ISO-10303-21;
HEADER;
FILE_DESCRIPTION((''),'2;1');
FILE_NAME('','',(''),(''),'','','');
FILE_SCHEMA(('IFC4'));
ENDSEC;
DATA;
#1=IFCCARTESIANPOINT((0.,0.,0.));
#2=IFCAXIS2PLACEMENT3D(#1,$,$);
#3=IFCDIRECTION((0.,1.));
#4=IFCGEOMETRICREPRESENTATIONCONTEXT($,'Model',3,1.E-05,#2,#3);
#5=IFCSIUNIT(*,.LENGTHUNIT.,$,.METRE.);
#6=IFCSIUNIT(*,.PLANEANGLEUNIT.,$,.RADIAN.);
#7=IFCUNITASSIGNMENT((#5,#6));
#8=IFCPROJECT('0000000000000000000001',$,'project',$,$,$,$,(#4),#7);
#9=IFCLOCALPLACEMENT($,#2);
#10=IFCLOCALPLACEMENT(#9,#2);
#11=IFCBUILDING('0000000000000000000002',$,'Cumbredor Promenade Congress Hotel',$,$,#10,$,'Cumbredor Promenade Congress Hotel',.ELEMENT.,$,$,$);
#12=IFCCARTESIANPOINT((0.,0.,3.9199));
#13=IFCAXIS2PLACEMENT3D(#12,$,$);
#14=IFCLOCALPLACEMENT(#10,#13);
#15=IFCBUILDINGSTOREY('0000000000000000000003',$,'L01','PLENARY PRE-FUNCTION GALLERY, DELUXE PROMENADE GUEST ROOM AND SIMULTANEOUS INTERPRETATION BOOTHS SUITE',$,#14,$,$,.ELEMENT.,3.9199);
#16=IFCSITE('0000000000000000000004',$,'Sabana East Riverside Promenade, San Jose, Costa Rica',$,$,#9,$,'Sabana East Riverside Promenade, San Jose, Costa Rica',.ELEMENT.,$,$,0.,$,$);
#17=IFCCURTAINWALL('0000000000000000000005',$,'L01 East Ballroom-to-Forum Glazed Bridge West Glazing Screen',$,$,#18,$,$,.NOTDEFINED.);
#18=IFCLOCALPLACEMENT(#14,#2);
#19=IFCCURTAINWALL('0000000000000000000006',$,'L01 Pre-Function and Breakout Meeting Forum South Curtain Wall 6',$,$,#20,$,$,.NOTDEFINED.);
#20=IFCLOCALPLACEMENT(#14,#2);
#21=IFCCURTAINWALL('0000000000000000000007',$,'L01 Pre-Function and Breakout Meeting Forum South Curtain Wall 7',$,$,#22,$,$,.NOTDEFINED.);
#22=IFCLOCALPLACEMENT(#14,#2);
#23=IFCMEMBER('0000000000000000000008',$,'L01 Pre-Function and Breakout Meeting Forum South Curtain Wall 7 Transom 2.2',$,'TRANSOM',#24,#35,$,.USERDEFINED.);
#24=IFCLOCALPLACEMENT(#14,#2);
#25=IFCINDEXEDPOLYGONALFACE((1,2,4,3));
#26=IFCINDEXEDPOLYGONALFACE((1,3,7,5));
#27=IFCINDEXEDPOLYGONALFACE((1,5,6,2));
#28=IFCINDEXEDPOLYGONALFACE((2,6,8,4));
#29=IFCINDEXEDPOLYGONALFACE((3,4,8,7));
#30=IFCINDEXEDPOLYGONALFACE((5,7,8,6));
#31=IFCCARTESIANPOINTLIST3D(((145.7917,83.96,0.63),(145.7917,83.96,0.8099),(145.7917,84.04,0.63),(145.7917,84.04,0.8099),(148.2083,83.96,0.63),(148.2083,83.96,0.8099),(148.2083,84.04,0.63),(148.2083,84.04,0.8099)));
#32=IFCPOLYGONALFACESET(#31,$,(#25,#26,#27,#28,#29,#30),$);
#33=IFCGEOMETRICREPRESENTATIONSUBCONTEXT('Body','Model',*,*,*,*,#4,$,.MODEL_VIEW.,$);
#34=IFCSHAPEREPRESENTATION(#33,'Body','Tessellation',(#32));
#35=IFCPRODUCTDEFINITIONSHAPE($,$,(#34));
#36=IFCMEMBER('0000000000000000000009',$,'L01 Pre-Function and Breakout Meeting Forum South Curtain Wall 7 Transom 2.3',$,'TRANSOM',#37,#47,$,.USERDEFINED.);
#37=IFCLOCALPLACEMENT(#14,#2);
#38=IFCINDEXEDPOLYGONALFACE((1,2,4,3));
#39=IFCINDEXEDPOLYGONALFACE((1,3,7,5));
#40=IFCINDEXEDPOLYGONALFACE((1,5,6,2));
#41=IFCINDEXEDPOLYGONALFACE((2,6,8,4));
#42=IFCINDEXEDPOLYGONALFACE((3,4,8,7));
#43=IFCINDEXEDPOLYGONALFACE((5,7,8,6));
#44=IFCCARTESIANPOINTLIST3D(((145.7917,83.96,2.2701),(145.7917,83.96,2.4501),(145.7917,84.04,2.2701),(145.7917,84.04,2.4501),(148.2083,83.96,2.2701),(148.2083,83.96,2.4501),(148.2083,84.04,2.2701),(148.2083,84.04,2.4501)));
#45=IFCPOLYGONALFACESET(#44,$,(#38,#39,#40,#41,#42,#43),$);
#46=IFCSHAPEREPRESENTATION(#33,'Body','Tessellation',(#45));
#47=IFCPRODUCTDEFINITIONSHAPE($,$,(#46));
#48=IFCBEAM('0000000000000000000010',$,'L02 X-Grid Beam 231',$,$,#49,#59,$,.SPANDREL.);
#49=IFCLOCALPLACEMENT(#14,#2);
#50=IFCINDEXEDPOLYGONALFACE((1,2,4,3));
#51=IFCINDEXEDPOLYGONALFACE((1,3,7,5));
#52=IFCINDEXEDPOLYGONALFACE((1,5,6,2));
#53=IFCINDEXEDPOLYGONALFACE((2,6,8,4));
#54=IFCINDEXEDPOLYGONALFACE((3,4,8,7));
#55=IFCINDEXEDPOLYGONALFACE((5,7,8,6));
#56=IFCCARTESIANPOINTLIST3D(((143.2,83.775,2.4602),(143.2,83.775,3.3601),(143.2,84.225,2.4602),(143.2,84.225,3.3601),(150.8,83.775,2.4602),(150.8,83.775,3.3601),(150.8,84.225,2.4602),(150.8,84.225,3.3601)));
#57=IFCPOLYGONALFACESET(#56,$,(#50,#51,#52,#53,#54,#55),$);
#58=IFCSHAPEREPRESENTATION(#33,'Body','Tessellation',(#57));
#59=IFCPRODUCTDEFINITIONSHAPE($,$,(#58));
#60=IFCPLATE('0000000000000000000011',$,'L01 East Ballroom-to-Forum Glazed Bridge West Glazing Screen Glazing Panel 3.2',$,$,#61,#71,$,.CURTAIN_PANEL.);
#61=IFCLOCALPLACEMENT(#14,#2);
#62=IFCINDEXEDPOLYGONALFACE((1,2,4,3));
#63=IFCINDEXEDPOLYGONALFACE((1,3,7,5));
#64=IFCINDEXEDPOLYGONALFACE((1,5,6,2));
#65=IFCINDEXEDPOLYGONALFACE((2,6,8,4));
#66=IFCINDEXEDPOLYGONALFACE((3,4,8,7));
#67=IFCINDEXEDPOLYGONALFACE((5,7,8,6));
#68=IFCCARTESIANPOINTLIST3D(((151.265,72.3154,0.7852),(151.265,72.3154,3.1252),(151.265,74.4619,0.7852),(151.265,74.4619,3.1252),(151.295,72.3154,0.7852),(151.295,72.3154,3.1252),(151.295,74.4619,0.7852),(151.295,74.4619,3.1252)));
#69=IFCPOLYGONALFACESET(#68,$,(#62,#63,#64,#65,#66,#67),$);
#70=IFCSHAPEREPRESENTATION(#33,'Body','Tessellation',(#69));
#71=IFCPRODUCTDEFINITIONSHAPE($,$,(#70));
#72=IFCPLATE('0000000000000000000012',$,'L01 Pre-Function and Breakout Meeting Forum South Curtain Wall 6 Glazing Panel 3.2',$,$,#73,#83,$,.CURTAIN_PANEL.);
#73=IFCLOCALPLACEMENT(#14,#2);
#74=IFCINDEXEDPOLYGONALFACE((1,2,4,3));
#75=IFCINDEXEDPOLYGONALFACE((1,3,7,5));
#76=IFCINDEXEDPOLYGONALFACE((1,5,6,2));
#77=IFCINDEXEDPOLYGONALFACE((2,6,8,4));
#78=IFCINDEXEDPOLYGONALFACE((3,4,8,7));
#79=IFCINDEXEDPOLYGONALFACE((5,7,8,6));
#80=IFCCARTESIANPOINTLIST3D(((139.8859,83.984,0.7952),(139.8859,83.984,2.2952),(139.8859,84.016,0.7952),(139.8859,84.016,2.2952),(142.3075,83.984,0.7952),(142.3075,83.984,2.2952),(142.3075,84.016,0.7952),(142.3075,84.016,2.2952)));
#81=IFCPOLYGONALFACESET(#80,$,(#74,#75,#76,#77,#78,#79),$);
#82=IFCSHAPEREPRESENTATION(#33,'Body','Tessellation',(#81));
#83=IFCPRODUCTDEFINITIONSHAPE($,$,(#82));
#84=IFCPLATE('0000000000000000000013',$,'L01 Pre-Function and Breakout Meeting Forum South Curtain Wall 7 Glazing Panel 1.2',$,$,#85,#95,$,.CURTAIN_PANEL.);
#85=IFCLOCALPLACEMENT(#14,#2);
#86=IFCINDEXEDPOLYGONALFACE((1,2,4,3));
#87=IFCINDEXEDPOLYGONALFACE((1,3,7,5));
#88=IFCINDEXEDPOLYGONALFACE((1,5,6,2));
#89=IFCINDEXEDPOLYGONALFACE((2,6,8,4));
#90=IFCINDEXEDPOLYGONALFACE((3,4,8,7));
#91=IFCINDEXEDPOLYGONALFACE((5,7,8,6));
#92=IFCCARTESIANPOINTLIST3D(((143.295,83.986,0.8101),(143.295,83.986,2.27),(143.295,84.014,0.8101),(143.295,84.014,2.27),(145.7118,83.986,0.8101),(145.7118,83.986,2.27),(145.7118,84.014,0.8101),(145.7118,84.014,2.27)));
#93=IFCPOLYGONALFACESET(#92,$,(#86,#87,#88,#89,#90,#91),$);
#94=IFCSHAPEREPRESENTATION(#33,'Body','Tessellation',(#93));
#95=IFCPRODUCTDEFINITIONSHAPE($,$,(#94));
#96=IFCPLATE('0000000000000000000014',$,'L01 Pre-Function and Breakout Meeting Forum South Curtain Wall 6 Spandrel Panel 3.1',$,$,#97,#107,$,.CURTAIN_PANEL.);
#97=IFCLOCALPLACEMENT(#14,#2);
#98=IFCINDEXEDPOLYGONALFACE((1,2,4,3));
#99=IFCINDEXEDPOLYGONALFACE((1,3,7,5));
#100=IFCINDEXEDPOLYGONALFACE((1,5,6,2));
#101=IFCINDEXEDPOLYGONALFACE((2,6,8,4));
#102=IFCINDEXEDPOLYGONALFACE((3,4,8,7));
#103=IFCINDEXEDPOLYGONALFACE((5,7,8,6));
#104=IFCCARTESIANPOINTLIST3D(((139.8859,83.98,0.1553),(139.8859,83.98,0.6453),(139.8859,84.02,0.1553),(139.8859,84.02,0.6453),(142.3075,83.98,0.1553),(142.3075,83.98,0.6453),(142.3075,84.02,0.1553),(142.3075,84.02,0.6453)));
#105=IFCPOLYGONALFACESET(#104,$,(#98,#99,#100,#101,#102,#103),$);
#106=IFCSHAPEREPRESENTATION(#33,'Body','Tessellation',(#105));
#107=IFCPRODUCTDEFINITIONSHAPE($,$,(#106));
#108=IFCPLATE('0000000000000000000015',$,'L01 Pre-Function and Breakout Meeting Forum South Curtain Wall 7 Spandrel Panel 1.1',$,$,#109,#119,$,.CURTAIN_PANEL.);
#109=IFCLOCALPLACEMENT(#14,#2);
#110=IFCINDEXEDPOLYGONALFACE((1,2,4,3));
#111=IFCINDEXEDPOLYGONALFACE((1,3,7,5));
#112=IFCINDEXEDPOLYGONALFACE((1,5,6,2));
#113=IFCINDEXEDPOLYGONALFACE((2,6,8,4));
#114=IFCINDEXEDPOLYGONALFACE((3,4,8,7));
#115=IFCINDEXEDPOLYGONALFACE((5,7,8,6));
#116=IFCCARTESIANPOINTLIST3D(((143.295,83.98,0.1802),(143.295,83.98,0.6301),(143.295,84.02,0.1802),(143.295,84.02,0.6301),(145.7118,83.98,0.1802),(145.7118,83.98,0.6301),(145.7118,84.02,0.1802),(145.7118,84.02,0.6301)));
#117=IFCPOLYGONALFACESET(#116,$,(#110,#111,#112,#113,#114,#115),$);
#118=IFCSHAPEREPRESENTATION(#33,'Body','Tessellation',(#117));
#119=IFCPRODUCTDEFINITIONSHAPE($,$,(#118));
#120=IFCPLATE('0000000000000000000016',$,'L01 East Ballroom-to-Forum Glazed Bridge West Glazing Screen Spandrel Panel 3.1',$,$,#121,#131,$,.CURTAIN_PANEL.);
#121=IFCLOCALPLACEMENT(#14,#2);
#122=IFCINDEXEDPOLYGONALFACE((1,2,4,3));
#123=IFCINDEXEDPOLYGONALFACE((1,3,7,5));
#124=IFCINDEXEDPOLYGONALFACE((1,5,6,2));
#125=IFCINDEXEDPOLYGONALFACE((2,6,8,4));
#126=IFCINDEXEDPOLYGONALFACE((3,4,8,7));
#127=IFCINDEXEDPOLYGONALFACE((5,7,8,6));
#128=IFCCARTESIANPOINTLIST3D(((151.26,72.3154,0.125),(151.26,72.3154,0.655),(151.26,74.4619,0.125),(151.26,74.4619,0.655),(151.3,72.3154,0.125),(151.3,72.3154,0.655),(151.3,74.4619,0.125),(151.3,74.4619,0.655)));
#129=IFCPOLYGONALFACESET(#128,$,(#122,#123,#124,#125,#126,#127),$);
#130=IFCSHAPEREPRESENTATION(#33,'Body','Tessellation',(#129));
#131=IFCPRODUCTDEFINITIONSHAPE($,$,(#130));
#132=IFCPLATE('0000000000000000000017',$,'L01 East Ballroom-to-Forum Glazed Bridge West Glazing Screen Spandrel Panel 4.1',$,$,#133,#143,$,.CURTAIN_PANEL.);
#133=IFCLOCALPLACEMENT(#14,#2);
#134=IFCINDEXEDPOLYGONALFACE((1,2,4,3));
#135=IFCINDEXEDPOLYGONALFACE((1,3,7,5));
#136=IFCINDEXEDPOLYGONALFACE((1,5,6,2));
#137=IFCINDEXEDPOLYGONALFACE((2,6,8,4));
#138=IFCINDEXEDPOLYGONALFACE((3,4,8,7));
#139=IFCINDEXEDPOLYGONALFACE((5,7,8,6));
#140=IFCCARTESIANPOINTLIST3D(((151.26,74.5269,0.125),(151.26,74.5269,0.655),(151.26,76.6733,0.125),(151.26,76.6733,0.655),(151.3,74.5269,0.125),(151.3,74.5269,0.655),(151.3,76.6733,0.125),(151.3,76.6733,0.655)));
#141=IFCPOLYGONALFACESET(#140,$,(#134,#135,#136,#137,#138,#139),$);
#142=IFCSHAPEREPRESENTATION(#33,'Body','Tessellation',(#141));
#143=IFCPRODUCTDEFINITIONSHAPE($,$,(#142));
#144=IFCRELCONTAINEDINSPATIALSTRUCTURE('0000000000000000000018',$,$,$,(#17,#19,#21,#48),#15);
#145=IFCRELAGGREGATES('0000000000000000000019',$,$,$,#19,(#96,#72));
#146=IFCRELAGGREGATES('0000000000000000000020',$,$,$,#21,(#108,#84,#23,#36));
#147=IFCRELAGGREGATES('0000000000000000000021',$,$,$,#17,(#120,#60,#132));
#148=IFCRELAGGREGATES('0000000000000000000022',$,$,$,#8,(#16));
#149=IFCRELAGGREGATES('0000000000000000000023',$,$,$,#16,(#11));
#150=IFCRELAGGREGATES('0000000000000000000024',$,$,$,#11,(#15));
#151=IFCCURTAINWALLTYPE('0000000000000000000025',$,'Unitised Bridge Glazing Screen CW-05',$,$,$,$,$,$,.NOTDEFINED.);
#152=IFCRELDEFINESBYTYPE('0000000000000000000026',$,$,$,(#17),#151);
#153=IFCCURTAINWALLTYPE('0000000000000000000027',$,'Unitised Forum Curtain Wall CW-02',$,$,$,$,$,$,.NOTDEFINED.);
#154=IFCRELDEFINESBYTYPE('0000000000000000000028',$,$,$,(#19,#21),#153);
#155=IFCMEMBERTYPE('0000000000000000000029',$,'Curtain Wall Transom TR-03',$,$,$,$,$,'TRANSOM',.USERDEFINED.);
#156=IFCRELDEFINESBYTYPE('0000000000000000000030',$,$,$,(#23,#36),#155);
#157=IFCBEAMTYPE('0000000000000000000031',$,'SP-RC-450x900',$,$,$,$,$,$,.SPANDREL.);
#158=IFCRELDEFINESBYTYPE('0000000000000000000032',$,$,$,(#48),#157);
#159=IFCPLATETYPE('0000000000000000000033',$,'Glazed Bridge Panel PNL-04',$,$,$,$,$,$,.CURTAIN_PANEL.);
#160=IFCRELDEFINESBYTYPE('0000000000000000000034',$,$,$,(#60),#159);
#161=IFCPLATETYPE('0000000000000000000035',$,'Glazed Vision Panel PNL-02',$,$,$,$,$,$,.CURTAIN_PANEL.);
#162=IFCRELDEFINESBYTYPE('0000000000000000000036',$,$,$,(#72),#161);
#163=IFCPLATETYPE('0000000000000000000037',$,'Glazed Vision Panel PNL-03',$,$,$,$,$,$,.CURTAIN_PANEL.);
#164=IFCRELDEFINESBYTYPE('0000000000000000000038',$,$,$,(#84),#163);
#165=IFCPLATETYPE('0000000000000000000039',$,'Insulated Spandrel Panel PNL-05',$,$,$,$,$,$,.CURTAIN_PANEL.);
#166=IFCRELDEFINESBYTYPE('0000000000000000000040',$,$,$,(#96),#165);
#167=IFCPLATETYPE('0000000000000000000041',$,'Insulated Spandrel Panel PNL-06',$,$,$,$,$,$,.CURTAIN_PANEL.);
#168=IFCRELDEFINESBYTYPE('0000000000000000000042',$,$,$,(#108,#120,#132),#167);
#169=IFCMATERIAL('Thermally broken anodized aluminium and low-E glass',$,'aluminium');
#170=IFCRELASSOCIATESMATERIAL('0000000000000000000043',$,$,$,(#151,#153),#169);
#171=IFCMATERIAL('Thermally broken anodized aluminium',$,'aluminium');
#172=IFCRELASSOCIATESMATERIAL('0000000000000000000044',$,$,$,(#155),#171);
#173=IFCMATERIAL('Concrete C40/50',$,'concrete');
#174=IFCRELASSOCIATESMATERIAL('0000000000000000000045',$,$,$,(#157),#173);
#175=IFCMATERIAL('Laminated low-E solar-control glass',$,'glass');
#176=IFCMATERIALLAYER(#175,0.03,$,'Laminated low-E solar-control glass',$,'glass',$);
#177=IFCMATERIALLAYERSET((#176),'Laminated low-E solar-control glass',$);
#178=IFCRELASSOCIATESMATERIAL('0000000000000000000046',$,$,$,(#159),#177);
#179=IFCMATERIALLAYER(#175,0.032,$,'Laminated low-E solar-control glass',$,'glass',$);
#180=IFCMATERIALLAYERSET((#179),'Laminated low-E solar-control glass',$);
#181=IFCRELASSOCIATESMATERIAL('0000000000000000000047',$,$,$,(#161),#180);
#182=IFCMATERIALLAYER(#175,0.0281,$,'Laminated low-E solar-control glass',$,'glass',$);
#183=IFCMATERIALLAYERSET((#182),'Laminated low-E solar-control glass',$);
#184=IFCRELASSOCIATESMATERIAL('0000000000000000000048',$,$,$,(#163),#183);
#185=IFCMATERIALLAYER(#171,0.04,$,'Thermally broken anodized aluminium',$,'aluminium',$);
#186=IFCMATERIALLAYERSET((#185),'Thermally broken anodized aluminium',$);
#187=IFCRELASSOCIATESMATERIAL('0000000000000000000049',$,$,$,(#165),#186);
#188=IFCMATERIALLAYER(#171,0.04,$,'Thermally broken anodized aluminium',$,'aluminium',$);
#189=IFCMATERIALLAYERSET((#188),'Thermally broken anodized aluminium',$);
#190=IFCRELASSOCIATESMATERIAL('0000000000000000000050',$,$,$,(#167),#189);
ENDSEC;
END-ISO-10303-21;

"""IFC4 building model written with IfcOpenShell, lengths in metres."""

from ifc_helpers import new_model, si_unit, direction, frame, origin, origin_2d, place, context, subcontext, project, spatial, rectangle, extrude, material, layer, layer_set, material_profile, profile_set, type_object, element, aggregate, save


model = new_model("IFC4")

# Units and contexts
model_context = context("Model", 3, precision=1e-05, world=origin(), true_north=direction((0.0, 1.0)))
body_context = subcontext(model_context, "Body", "Model", "MODEL_VIEW")
ifc_project = project(units=[si_unit("LENGTHUNIT", "METRE"), si_unit("PLANEANGLEUNIT", "RADIAN")], contexts=[model_context])

# Site, building, storey
site_placement = place(None, origin())
site = spatial("IfcSite", under=ifc_project, at=site_placement, Name="Sabana East Riverside Promenade, San Jose, Costa Rica", LongName="Sabana East Riverside Promenade, San Jose, Costa Rica", CompositionType="ELEMENT", RefElevation=0.0)
building_placement = place(site_placement, origin())
building = spatial("IfcBuilding", under=site, at=building_placement, Name="Cumbredor Promenade Congress Hotel", LongName="Cumbredor Promenade Congress Hotel", CompositionType="ELEMENT")
storey_placement = place(building_placement, frame((0.0, 0.0, 3.9199)))
storey = spatial("IfcBuildingStorey", under=building, at=storey_placement, Name="L01", Description="PLENARY PRE-FUNCTION GALLERY, DELUXE PROMENADE GUEST ROOM AND SIMULTANEOUS INTERPRETATION BOOTHS SUITE", CompositionType="ELEMENT", Elevation=3.9199)

# Curtain walls
ifc_material_1 = material(Name="Thermally broken anodized aluminium and low-E glass", Category="aluminium")
curtain_wall_type_1 = type_object("IfcCurtainWallType", Name="Unitised Bridge Glazing Screen CW-05", PredefinedType="NOTDEFINED", material=ifc_material_1)
curtain_wall_1_placement = place(storey_placement, origin())
curtain_wall_1 = element("IfcCurtainWall", 1, at=curtain_wall_1_placement, inside=storey, type_object=curtain_wall_type_1, Name="L01 East Ballroom-to-Forum Glazed Bridge West Glazing Screen", PredefinedType="NOTDEFINED")
ifc_material_2 = material(Name="Thermally broken anodized aluminium", Category="aluminium")
curtain_wall_type_2 = type_object("IfcCurtainWallType", Name="Unitised Forum Curtain Wall CW-02", PredefinedType="NOTDEFINED", material=ifc_material_1)
curtain_wall_2_placement = place(storey_placement, origin())
curtain_wall_2 = element("IfcCurtainWall", 2, at=curtain_wall_2_placement, inside=storey, type_object=curtain_wall_type_2, Name="L01 Pre-Function and Breakout Meeting Forum South Curtain Wall 6", PredefinedType="NOTDEFINED")

# Curtain wall
curtain_wall_3_placement = place(storey_placement, origin())
curtain_wall_3 = element("IfcCurtainWall", 3, at=curtain_wall_3_placement, inside=storey, type_object=curtain_wall_type_2, Name="L01 Pre-Function and Breakout Meeting Forum South Curtain Wall 7", PredefinedType="NOTDEFINED")

# Members
ifc_material_profile_1 = material_profile(ifc_material_2, rectangle(XDim=0.0801, YDim=0.1799, at=origin_2d()), Name="ALU TRANSOM 80x180")
ifc_profile_set_1 = profile_set([ifc_material_profile_1], Name="Thermally broken anodized aluminium")
member_type_1 = type_object("IfcMemberType", Name="Curtain Wall Transom TR-03", ElementType="TRANSOM", PredefinedType="USERDEFINED", material=ifc_profile_set_1)
member_1_placement = place(storey_placement, frame((145.7917, 84.0, 0.72), z_axis=(1.0, 0.0, 0.0), x_axis=(0.0, 1.0, 0.0)))
member_1 = element("IfcMember", 4, at=member_1_placement, type_object=member_type_1, Name="L01 Pre-Function and Breakout Meeting Forum South Curtain Wall 7 Transom 2.2", ObjectType="TRANSOM", PredefinedType="USERDEFINED", context=body_context, shape_type="SweptSolid", body=[
    extrude(rectangle(XDim=0.0801, YDim=0.1799, at=origin_2d()), origin(), (0.0, 0.0, 1.0), 2.4165),
])
member_2_placement = place(storey_placement, frame((145.7917, 84.0, 2.3601), z_axis=(1.0, 0.0, 0.0), x_axis=(0.0, 1.0, 0.0)))
member_2 = element("IfcMember", 5, at=member_2_placement, type_object=member_type_1, Name="L01 Pre-Function and Breakout Meeting Forum South Curtain Wall 7 Transom 2.3", ObjectType="TRANSOM", PredefinedType="USERDEFINED", context=body_context, shape_type="SweptSolid", body=[
    extrude(rectangle(XDim=0.0801, YDim=0.1799, at=origin_2d()), origin(), (0.0, 0.0, 1.0), 2.4165),
])

# Beam
ifc_material_3 = material(Name="Concrete C40/50", Category="concrete")
ifc_material_profile_2 = material_profile(ifc_material_3, rectangle(XDim=0.45, YDim=0.8999, at=origin_2d()), Name="RC SPANDREL 450x900")
ifc_profile_set_2 = profile_set([ifc_material_profile_2], Name="Concrete C40/50")
beam_type = type_object("IfcBeamType", Name="SP-RC-450x900", PredefinedType="SPANDREL", material=ifc_profile_set_2)
beam_placement = place(storey_placement, frame((143.2, 84.0, 2.9102), z_axis=(1.0, 0.0, 0.0), x_axis=(0.0, 1.0, 0.0)))
element("IfcBeam", 6, at=beam_placement, inside=storey, type_object=beam_type, Name="L02 X-Grid Beam 231", PredefinedType="SPANDREL", context=body_context, shape_type="SweptSolid", body=[
    extrude(rectangle(XDim=0.45, YDim=0.8999, at=origin_2d()), origin(), (0.0, 0.0, 1.0), 7.6001),
])

# Plates
ifc_material_4 = material(Name="Laminated low-E solar-control glass", Category="glass")
ifc_layer_1 = layer(ifc_material_4, 0.03, Name="Laminated low-E solar-control glass", Category="glass")
ifc_layer_set_1 = layer_set([ifc_layer_1], Name="Laminated low-E solar-control glass")
plate_type_1 = type_object("IfcPlateType", Name="Glazed Bridge Panel PNL-04", PredefinedType="CURTAIN_PANEL", material=ifc_layer_set_1)
plate_1_placement = place(storey_placement, frame((151.28, 73.3887, 0.7852), z_axis=(0.0, 0.0, 1.0), x_axis=(0.0, 1.0, 0.0)))
plate_1 = element("IfcPlate", 7, at=plate_1_placement, type_object=plate_type_1, Name="L01 East Ballroom-to-Forum Glazed Bridge West Glazing Screen Glazing Panel 3.2", PredefinedType="CURTAIN_PANEL", context=body_context, shape_type="SweptSolid", body=[
    extrude(rectangle(XDim=2.1465, YDim=0.03, at=origin_2d()), origin(), (0.0, 0.0, 1.0), 2.3401),
])
ifc_layer_2 = layer(ifc_material_4, 0.032, Name="Laminated low-E solar-control glass", Category="glass")
ifc_layer_set_2 = layer_set([ifc_layer_2], Name="Laminated low-E solar-control glass")
plate_type_2 = type_object("IfcPlateType", Name="Glazed Vision Panel PNL-02", PredefinedType="CURTAIN_PANEL", material=ifc_layer_set_2)
plate_2_placement = place(storey_placement, frame((141.0967, 84.0, 0.7952), z_axis=(0.0, 0.0, 1.0), x_axis=(1.0, 0.0, 0.0)))
plate_2 = element("IfcPlate", 8, at=plate_2_placement, type_object=plate_type_2, Name="L01 Pre-Function and Breakout Meeting Forum South Curtain Wall 6 Glazing Panel 3.2", PredefinedType="CURTAIN_PANEL", context=body_context, shape_type="SweptSolid", body=[
    extrude(rectangle(XDim=2.4216, YDim=0.032, at=origin_2d()), origin(), (0.0, 0.0, 1.0), 1.5),
])
ifc_layer_3 = layer(ifc_material_4, 0.0281, Name="Laminated low-E solar-control glass", Category="glass")
ifc_layer_set_3 = layer_set([ifc_layer_3], Name="Laminated low-E solar-control glass")
plate_type_3 = type_object("IfcPlateType", Name="Glazed Vision Panel PNL-03", PredefinedType="CURTAIN_PANEL", material=ifc_layer_set_3)
plate_3_placement = place(storey_placement, frame((144.5034, 84.0, 0.8101), z_axis=(0.0, 0.0, 1.0), x_axis=(1.0, 0.0, 0.0)))
plate_3 = element("IfcPlate", 9, at=plate_3_placement, type_object=plate_type_3, Name="L01 Pre-Function and Breakout Meeting Forum South Curtain Wall 7 Glazing Panel 1.2", PredefinedType="CURTAIN_PANEL", context=body_context, shape_type="SweptSolid", body=[
    extrude(rectangle(XDim=2.4167, YDim=0.0281, at=origin_2d()), origin(), (0.0, 0.0, 1.0), 1.46),
])
ifc_layer_4 = layer(ifc_material_2, 0.04, Name="Thermally broken anodized aluminium", Category="aluminium")
ifc_layer_set_4 = layer_set([ifc_layer_4], Name="Thermally broken anodized aluminium")
plate_type_4 = type_object("IfcPlateType", Name="Insulated Spandrel Panel PNL-05", PredefinedType="CURTAIN_PANEL", material=ifc_layer_set_4)
plate_4_placement = place(storey_placement, frame((141.0967, 84.0, 0.1553), z_axis=(0.0, 0.0, 1.0), x_axis=(1.0, 0.0, 0.0)))
plate_4 = element("IfcPlate", 10, at=plate_4_placement, type_object=plate_type_4, Name="L01 Pre-Function and Breakout Meeting Forum South Curtain Wall 6 Spandrel Panel 3.1", PredefinedType="CURTAIN_PANEL", context=body_context, shape_type="SweptSolid", body=[
    extrude(rectangle(XDim=2.4216, YDim=0.04, at=origin_2d()), origin(), (0.0, 0.0, 1.0), 0.49),
])
aggregate(curtain_wall_2, [plate_4, plate_2])
ifc_layer_5 = layer(ifc_material_2, 0.04, Name="Thermally broken anodized aluminium", Category="aluminium")
ifc_layer_set_5 = layer_set([ifc_layer_5], Name="Thermally broken anodized aluminium")
plate_type_5 = type_object("IfcPlateType", Name="Insulated Spandrel Panel PNL-06", PredefinedType="CURTAIN_PANEL", material=ifc_layer_set_5)
plate_5_placement = place(storey_placement, frame((144.5034, 84.0, 0.1802), z_axis=(0.0, 0.0, 1.0), x_axis=(1.0, 0.0, 0.0)))
plate_5 = element("IfcPlate", 11, at=plate_5_placement, type_object=plate_type_5, Name="L01 Pre-Function and Breakout Meeting Forum South Curtain Wall 7 Spandrel Panel 1.1", PredefinedType="CURTAIN_PANEL", context=body_context, shape_type="SweptSolid", body=[
    extrude(rectangle(XDim=2.4167, YDim=0.04, at=origin_2d()), origin(), (0.0, 0.0, 1.0), 0.45),
])
aggregate(curtain_wall_3, [plate_5, plate_3, member_1, member_2])
plate_6_placement = place(storey_placement, frame((151.28, 73.3887, 0.125), z_axis=(0.0, 0.0, 1.0), x_axis=(0.0, 1.0, 0.0)))
plate_6 = element("IfcPlate", 12, at=plate_6_placement, type_object=plate_type_5, Name="L01 East Ballroom-to-Forum Glazed Bridge West Glazing Screen Spandrel Panel 3.1", PredefinedType="CURTAIN_PANEL", context=body_context, shape_type="SweptSolid", body=[
    extrude(rectangle(XDim=2.1465, YDim=0.04, at=origin_2d()), origin(), (0.0, 0.0, 1.0), 0.53),
])
plate_7_placement = place(storey_placement, frame((151.28, 75.6001, 0.125), z_axis=(0.0, 0.0, 1.0), x_axis=(0.0, 1.0, 0.0)))
plate_7 = element("IfcPlate", 13, at=plate_7_placement, type_object=plate_type_5, Name="L01 East Ballroom-to-Forum Glazed Bridge West Glazing Screen Spandrel Panel 4.1", PredefinedType="CURTAIN_PANEL", context=body_context, shape_type="SweptSolid", body=[
    extrude(rectangle(XDim=2.1465, YDim=0.04, at=origin_2d()), origin(), (0.0, 0.0, 1.0), 0.53),
])
aggregate(curtain_wall_1, [plate_6, plate_1, plate_7])

save(model, "model.ifc")
